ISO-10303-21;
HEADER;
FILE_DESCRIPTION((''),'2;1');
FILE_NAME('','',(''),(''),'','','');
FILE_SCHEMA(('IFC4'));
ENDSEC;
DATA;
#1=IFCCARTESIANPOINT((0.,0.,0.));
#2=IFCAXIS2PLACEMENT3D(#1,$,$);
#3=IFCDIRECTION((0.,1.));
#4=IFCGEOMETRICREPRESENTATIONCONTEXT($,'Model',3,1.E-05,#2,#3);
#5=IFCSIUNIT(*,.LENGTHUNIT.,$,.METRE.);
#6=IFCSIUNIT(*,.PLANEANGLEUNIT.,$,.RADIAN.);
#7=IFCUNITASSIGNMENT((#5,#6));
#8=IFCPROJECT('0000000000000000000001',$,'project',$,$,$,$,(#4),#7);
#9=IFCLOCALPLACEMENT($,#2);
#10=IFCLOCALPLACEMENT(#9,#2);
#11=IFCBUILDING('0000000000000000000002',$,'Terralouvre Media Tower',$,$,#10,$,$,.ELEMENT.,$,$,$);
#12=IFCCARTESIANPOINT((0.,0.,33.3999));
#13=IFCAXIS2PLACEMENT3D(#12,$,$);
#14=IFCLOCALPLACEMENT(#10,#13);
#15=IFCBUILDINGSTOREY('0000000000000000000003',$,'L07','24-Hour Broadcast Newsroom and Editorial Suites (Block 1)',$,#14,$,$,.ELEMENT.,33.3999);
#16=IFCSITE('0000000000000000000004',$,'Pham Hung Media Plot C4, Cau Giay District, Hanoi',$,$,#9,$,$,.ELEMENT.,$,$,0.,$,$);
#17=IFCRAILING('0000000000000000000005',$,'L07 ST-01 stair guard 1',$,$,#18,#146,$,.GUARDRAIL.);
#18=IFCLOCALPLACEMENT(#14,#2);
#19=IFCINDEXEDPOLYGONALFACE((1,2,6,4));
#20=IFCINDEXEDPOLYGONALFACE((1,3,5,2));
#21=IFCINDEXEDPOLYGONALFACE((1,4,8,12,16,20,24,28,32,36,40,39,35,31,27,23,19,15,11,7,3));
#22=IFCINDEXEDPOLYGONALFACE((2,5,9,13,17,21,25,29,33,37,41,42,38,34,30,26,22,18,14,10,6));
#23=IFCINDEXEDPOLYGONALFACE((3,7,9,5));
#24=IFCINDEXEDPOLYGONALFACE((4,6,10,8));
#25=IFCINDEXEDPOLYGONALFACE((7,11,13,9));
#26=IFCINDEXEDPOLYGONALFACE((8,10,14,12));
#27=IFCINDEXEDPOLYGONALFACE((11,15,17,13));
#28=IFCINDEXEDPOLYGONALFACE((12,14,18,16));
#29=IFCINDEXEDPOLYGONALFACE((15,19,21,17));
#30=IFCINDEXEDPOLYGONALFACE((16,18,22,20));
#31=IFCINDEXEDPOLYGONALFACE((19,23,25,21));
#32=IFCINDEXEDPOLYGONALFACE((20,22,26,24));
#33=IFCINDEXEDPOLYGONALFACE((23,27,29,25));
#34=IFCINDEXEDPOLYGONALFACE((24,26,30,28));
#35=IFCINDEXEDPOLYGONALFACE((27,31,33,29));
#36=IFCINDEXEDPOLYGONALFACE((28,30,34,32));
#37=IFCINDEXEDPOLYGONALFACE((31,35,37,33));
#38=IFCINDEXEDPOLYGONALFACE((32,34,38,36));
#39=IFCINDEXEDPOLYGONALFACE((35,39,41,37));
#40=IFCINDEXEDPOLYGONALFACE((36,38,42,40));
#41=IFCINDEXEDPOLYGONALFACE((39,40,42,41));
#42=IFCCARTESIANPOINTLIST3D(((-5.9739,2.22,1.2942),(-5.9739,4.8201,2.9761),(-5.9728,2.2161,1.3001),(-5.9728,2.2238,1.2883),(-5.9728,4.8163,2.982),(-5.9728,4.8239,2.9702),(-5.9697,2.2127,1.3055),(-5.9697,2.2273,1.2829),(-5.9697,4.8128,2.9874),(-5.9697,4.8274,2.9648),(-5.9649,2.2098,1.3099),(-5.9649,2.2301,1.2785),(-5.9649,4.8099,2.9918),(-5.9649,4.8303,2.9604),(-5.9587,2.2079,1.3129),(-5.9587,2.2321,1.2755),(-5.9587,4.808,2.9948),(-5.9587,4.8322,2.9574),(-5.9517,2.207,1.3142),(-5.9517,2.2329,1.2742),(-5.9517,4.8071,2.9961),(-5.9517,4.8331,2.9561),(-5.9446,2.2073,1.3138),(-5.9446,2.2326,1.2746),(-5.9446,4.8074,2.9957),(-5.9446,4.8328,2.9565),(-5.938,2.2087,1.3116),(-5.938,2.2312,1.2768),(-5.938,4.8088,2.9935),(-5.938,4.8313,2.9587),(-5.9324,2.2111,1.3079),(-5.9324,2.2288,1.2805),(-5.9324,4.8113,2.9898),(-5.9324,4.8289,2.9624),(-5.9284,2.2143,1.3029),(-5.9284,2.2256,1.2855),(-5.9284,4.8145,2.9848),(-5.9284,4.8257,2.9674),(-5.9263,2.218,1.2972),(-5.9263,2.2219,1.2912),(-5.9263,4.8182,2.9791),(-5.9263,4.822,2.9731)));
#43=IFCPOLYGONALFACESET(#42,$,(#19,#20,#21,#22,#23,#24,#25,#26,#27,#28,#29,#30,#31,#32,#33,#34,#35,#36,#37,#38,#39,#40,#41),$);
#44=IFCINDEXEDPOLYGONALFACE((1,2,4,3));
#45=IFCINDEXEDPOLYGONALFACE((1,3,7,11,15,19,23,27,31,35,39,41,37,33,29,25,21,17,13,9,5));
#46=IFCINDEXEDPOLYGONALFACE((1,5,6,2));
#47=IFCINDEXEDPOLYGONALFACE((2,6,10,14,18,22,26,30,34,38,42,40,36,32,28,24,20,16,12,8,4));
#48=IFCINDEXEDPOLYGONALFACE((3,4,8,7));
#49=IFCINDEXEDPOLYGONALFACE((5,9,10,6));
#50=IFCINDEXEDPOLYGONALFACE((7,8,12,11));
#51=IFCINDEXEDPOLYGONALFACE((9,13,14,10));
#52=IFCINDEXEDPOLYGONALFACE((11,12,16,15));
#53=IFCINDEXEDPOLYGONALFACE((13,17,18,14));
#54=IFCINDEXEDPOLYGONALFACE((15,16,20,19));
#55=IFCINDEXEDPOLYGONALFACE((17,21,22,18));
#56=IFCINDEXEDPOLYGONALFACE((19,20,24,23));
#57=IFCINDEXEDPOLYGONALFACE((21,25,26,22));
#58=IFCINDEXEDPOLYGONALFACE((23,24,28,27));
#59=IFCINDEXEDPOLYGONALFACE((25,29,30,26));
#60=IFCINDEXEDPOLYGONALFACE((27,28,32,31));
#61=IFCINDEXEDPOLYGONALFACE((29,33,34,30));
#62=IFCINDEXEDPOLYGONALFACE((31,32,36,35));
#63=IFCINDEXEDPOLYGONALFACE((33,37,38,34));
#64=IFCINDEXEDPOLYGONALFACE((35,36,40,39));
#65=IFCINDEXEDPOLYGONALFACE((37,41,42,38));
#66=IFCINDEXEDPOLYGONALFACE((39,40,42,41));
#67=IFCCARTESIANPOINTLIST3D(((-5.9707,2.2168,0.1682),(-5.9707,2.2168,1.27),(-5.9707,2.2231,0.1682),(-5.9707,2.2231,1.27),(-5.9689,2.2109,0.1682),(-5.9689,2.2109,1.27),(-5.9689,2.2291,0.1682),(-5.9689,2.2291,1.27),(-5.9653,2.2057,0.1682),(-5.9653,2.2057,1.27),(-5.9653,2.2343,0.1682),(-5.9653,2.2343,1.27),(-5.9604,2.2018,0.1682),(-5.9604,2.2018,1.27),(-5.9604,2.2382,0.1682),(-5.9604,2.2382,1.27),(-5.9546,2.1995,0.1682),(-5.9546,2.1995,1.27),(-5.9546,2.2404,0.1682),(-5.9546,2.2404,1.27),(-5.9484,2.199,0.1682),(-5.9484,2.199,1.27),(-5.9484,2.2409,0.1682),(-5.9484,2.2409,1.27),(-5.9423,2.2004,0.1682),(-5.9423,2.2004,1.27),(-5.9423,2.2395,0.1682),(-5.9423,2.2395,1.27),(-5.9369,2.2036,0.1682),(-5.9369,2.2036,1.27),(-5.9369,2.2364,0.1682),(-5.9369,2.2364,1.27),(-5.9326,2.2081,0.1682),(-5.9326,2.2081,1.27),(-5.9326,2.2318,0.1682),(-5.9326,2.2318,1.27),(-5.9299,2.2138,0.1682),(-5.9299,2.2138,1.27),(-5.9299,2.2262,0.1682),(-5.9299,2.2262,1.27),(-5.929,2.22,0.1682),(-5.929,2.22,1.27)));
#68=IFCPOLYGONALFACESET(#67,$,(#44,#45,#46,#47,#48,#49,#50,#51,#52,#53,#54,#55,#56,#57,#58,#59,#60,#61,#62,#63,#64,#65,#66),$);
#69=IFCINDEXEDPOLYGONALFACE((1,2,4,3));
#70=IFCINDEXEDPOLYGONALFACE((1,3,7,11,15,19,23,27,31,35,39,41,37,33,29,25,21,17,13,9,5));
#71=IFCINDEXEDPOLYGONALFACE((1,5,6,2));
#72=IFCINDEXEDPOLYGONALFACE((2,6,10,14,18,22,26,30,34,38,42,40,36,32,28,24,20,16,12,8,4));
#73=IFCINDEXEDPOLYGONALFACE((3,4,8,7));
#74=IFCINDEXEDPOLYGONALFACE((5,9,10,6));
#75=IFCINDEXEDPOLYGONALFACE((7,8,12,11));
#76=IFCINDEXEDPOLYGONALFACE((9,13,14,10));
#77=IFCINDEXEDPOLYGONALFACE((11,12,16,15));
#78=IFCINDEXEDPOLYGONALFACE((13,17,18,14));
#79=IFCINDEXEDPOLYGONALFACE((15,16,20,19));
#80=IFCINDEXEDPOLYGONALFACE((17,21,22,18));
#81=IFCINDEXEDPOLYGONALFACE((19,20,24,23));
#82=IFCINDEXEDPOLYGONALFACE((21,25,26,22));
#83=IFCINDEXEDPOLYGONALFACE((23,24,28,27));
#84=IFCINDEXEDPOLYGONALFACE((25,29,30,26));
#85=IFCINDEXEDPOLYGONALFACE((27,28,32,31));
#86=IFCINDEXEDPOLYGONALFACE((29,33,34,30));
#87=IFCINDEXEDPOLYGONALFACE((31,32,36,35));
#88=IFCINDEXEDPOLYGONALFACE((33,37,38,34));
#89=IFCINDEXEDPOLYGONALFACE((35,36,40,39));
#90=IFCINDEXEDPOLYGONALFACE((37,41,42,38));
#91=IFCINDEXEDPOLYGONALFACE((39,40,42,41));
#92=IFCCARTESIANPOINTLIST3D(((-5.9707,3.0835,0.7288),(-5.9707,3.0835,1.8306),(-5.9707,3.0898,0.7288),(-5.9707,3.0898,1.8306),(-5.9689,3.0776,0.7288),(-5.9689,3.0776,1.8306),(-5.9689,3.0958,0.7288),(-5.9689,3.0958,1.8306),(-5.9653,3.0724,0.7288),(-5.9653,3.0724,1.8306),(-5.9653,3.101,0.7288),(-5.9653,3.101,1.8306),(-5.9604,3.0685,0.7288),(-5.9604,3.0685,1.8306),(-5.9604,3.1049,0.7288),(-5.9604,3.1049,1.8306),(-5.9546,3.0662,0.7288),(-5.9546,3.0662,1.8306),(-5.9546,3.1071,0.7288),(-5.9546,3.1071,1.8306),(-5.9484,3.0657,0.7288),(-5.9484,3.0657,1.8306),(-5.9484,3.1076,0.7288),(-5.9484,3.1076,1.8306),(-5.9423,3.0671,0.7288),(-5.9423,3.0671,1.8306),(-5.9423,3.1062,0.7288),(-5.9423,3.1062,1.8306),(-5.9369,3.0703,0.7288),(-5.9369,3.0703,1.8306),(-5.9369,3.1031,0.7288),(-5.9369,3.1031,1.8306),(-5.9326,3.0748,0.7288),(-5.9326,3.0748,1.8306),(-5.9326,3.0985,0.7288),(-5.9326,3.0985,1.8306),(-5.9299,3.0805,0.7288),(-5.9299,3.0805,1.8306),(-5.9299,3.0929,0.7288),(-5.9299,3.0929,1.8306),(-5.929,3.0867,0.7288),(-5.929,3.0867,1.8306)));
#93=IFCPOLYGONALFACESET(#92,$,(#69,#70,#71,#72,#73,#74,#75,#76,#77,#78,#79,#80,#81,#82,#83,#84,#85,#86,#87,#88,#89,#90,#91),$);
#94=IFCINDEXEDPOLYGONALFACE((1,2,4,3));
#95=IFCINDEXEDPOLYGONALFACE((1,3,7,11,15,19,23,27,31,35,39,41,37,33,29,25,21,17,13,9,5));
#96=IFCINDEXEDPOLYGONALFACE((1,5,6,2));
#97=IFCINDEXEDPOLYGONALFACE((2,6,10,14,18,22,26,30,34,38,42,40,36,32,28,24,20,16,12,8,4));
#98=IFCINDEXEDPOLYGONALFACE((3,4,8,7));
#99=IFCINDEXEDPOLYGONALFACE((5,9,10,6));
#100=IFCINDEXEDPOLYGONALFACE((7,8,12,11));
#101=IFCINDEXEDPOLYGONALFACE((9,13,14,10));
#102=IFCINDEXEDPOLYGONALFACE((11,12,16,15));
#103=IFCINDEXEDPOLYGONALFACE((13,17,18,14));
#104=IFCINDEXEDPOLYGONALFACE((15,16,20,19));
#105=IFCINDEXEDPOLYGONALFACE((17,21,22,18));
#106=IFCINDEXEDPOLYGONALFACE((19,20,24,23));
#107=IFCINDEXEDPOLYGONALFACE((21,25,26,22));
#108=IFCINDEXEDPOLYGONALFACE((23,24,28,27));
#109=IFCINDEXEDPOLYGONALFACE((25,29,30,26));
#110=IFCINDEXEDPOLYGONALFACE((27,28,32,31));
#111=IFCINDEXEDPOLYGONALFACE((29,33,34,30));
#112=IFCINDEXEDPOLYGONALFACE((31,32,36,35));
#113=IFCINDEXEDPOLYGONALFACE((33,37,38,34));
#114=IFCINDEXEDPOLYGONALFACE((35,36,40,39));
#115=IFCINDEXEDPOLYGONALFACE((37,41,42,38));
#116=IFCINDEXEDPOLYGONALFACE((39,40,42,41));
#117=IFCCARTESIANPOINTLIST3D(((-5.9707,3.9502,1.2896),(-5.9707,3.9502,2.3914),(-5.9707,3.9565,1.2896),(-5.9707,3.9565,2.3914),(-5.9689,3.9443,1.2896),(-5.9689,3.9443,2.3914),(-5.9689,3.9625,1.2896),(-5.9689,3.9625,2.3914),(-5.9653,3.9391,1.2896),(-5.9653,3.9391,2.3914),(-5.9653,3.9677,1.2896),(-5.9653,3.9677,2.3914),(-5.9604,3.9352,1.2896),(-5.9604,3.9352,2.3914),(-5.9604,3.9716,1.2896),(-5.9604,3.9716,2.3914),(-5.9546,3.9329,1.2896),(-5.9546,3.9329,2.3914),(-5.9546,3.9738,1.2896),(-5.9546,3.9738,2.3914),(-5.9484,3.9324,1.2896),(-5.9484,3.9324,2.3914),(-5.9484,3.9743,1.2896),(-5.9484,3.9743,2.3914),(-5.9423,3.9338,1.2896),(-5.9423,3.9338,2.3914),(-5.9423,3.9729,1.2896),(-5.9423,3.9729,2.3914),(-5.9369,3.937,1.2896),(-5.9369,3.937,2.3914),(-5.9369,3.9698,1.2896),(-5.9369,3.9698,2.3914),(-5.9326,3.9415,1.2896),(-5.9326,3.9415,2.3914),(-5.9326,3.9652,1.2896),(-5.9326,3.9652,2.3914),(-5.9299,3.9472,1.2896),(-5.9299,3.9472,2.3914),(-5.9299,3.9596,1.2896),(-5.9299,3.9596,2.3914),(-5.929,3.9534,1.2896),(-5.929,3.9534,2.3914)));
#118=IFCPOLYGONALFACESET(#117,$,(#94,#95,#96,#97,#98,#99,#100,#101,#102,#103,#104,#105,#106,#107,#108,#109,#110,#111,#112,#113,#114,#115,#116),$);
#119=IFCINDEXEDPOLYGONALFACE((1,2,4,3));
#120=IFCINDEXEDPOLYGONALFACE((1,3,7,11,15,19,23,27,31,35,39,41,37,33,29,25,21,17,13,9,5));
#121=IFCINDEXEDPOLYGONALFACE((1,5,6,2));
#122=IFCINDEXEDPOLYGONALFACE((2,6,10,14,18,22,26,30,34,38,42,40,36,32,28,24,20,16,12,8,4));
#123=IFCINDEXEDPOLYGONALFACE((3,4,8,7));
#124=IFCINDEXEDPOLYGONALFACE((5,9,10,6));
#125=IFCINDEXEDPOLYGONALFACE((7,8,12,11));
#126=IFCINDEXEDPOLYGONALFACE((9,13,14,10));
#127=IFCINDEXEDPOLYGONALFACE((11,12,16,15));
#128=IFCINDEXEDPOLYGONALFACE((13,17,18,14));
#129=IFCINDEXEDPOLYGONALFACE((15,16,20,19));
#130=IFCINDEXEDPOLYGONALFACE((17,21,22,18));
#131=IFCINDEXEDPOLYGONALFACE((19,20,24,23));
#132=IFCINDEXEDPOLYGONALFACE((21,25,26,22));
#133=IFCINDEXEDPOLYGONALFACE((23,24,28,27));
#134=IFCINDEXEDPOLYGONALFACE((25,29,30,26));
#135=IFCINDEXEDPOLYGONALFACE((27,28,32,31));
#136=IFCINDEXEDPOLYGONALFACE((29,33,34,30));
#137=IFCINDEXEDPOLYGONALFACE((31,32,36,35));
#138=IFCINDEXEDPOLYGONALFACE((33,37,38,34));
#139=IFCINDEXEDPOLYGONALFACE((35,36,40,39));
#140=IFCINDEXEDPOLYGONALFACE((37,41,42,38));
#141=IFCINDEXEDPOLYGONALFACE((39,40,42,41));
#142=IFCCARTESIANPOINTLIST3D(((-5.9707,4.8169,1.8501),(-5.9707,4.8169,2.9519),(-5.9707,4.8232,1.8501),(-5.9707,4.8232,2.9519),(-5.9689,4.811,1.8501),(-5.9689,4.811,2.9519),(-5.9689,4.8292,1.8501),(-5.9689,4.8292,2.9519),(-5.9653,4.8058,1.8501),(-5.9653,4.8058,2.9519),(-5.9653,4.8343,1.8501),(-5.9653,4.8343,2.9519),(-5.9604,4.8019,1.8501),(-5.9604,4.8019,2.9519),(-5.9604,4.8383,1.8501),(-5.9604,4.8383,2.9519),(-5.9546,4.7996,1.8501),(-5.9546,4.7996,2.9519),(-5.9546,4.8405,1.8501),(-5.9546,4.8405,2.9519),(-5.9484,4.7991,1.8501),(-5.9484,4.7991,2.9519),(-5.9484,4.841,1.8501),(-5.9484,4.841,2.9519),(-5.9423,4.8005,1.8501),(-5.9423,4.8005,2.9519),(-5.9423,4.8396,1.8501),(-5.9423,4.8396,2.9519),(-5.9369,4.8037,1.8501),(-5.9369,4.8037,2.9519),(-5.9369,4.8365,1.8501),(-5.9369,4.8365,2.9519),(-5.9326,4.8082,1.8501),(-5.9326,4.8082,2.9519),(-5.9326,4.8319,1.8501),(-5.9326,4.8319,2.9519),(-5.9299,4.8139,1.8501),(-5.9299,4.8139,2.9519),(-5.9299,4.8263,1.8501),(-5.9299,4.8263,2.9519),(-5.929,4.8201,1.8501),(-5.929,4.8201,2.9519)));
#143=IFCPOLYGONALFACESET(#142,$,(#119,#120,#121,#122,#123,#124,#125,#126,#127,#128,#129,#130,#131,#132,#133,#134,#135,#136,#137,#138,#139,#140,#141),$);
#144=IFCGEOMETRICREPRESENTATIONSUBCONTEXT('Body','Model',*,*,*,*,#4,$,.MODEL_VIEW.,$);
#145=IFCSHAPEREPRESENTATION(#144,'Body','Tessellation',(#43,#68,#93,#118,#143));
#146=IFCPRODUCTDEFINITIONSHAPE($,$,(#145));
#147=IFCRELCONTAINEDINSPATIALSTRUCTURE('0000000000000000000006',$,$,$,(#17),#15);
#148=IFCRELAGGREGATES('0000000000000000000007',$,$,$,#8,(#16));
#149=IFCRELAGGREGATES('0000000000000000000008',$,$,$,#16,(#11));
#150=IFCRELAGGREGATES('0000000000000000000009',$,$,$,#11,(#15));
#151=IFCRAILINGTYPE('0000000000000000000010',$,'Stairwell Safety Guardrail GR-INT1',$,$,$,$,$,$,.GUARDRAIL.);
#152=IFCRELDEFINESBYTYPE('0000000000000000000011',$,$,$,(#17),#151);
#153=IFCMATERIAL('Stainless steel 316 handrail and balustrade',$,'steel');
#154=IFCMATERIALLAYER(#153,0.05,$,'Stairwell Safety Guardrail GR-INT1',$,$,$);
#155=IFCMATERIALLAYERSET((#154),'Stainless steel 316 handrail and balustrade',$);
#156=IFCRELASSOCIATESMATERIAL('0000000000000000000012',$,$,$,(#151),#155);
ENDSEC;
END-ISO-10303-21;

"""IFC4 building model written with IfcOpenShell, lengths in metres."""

from ifc_helpers import new_model, si_unit, direction, frame, origin, origin_2d, place, context, subcontext, project, spatial, circle, extrude, material, layer, layer_set, type_object, element, save


model = new_model("IFC4")

# Units and contexts
model_context = context("Model", 3, precision=1e-05, world=origin(), true_north=direction((0.0, 1.0)))
body_context = subcontext(model_context, "Body", "Model", "MODEL_VIEW")
ifc_project = project(units=[si_unit("LENGTHUNIT", "METRE"), si_unit("PLANEANGLEUNIT", "RADIAN")], contexts=[model_context])

# Site, building, storey
site_placement = place(None, origin())
site = spatial("IfcSite", under=ifc_project, at=site_placement, Name="Pham Hung Media Plot C4, Cau Giay District, Hanoi", CompositionType="ELEMENT", RefElevation=0.0)
building_placement = place(site_placement, origin())
building = spatial("IfcBuilding", under=site, at=building_placement, Name="Terralouvre Media Tower", CompositionType="ELEMENT")
storey_placement = place(building_placement, frame((0.0, 0.0, 33.3999)))
storey = spatial("IfcBuildingStorey", under=building, at=storey_placement, Name="L07", Description="24-Hour Broadcast Newsroom and Editorial Suites (Block 1)", CompositionType="ELEMENT", Elevation=33.3999)

# Railing
ifc_material_1 = material(Name="Stainless steel 316 handrail and balustrade", Category="steel")
ifc_layer_1 = layer(ifc_material_1, 0.05, Name="Stairwell Safety Guardrail GR-INT1")
ifc_layer_set_1 = layer_set([ifc_layer_1], Name="Stainless steel 316 handrail and balustrade")
railing_type_1 = type_object("IfcRailingType", Name="Stairwell Safety Guardrail GR-INT1", PredefinedType="GUARDRAIL", material=ifc_layer_set_1)
railing_1_placement = place(storey_placement, frame((-5.95, 2.22, 0.1682)))
element("IfcRailing", 1, at=railing_1_placement, inside=storey, type_object=railing_type_1, Name="L07 ST-01 stair guard 1", PredefinedType="GUARDRAIL", context=body_context, shape_type="SweptSolid", body=[
    extrude(circle(Radius=0.0239, at=origin_2d()), frame((0.0, 0.0, 1.126), z_axis=(0.0, 0.839648, 0.54313), x_axis=(-1.0, 0.0, 0.0)), (0.0, 0.0, 1.0), 3.0967),
    extrude(circle(Radius=0.021, at=origin_2d()), origin(), (0.0, 0.0, 1.0), 1.1018),
    extrude(circle(Radius=0.021, at=origin_2d()), frame((0.0, 0.8667, 0.5605)), (0.0, 0.0, 1.0), 1.1018),
    extrude(circle(Radius=0.021, at=origin_2d()), frame((0.0, 1.7334, 1.1213)), (0.0, 0.0, 1.0), 1.1018),
    extrude(circle(Radius=0.021, at=origin_2d()), frame((0.0, 2.6001, 1.6819)), (0.0, 0.0, 1.0), 1.1018),
])

save(model, "model.ifc")
